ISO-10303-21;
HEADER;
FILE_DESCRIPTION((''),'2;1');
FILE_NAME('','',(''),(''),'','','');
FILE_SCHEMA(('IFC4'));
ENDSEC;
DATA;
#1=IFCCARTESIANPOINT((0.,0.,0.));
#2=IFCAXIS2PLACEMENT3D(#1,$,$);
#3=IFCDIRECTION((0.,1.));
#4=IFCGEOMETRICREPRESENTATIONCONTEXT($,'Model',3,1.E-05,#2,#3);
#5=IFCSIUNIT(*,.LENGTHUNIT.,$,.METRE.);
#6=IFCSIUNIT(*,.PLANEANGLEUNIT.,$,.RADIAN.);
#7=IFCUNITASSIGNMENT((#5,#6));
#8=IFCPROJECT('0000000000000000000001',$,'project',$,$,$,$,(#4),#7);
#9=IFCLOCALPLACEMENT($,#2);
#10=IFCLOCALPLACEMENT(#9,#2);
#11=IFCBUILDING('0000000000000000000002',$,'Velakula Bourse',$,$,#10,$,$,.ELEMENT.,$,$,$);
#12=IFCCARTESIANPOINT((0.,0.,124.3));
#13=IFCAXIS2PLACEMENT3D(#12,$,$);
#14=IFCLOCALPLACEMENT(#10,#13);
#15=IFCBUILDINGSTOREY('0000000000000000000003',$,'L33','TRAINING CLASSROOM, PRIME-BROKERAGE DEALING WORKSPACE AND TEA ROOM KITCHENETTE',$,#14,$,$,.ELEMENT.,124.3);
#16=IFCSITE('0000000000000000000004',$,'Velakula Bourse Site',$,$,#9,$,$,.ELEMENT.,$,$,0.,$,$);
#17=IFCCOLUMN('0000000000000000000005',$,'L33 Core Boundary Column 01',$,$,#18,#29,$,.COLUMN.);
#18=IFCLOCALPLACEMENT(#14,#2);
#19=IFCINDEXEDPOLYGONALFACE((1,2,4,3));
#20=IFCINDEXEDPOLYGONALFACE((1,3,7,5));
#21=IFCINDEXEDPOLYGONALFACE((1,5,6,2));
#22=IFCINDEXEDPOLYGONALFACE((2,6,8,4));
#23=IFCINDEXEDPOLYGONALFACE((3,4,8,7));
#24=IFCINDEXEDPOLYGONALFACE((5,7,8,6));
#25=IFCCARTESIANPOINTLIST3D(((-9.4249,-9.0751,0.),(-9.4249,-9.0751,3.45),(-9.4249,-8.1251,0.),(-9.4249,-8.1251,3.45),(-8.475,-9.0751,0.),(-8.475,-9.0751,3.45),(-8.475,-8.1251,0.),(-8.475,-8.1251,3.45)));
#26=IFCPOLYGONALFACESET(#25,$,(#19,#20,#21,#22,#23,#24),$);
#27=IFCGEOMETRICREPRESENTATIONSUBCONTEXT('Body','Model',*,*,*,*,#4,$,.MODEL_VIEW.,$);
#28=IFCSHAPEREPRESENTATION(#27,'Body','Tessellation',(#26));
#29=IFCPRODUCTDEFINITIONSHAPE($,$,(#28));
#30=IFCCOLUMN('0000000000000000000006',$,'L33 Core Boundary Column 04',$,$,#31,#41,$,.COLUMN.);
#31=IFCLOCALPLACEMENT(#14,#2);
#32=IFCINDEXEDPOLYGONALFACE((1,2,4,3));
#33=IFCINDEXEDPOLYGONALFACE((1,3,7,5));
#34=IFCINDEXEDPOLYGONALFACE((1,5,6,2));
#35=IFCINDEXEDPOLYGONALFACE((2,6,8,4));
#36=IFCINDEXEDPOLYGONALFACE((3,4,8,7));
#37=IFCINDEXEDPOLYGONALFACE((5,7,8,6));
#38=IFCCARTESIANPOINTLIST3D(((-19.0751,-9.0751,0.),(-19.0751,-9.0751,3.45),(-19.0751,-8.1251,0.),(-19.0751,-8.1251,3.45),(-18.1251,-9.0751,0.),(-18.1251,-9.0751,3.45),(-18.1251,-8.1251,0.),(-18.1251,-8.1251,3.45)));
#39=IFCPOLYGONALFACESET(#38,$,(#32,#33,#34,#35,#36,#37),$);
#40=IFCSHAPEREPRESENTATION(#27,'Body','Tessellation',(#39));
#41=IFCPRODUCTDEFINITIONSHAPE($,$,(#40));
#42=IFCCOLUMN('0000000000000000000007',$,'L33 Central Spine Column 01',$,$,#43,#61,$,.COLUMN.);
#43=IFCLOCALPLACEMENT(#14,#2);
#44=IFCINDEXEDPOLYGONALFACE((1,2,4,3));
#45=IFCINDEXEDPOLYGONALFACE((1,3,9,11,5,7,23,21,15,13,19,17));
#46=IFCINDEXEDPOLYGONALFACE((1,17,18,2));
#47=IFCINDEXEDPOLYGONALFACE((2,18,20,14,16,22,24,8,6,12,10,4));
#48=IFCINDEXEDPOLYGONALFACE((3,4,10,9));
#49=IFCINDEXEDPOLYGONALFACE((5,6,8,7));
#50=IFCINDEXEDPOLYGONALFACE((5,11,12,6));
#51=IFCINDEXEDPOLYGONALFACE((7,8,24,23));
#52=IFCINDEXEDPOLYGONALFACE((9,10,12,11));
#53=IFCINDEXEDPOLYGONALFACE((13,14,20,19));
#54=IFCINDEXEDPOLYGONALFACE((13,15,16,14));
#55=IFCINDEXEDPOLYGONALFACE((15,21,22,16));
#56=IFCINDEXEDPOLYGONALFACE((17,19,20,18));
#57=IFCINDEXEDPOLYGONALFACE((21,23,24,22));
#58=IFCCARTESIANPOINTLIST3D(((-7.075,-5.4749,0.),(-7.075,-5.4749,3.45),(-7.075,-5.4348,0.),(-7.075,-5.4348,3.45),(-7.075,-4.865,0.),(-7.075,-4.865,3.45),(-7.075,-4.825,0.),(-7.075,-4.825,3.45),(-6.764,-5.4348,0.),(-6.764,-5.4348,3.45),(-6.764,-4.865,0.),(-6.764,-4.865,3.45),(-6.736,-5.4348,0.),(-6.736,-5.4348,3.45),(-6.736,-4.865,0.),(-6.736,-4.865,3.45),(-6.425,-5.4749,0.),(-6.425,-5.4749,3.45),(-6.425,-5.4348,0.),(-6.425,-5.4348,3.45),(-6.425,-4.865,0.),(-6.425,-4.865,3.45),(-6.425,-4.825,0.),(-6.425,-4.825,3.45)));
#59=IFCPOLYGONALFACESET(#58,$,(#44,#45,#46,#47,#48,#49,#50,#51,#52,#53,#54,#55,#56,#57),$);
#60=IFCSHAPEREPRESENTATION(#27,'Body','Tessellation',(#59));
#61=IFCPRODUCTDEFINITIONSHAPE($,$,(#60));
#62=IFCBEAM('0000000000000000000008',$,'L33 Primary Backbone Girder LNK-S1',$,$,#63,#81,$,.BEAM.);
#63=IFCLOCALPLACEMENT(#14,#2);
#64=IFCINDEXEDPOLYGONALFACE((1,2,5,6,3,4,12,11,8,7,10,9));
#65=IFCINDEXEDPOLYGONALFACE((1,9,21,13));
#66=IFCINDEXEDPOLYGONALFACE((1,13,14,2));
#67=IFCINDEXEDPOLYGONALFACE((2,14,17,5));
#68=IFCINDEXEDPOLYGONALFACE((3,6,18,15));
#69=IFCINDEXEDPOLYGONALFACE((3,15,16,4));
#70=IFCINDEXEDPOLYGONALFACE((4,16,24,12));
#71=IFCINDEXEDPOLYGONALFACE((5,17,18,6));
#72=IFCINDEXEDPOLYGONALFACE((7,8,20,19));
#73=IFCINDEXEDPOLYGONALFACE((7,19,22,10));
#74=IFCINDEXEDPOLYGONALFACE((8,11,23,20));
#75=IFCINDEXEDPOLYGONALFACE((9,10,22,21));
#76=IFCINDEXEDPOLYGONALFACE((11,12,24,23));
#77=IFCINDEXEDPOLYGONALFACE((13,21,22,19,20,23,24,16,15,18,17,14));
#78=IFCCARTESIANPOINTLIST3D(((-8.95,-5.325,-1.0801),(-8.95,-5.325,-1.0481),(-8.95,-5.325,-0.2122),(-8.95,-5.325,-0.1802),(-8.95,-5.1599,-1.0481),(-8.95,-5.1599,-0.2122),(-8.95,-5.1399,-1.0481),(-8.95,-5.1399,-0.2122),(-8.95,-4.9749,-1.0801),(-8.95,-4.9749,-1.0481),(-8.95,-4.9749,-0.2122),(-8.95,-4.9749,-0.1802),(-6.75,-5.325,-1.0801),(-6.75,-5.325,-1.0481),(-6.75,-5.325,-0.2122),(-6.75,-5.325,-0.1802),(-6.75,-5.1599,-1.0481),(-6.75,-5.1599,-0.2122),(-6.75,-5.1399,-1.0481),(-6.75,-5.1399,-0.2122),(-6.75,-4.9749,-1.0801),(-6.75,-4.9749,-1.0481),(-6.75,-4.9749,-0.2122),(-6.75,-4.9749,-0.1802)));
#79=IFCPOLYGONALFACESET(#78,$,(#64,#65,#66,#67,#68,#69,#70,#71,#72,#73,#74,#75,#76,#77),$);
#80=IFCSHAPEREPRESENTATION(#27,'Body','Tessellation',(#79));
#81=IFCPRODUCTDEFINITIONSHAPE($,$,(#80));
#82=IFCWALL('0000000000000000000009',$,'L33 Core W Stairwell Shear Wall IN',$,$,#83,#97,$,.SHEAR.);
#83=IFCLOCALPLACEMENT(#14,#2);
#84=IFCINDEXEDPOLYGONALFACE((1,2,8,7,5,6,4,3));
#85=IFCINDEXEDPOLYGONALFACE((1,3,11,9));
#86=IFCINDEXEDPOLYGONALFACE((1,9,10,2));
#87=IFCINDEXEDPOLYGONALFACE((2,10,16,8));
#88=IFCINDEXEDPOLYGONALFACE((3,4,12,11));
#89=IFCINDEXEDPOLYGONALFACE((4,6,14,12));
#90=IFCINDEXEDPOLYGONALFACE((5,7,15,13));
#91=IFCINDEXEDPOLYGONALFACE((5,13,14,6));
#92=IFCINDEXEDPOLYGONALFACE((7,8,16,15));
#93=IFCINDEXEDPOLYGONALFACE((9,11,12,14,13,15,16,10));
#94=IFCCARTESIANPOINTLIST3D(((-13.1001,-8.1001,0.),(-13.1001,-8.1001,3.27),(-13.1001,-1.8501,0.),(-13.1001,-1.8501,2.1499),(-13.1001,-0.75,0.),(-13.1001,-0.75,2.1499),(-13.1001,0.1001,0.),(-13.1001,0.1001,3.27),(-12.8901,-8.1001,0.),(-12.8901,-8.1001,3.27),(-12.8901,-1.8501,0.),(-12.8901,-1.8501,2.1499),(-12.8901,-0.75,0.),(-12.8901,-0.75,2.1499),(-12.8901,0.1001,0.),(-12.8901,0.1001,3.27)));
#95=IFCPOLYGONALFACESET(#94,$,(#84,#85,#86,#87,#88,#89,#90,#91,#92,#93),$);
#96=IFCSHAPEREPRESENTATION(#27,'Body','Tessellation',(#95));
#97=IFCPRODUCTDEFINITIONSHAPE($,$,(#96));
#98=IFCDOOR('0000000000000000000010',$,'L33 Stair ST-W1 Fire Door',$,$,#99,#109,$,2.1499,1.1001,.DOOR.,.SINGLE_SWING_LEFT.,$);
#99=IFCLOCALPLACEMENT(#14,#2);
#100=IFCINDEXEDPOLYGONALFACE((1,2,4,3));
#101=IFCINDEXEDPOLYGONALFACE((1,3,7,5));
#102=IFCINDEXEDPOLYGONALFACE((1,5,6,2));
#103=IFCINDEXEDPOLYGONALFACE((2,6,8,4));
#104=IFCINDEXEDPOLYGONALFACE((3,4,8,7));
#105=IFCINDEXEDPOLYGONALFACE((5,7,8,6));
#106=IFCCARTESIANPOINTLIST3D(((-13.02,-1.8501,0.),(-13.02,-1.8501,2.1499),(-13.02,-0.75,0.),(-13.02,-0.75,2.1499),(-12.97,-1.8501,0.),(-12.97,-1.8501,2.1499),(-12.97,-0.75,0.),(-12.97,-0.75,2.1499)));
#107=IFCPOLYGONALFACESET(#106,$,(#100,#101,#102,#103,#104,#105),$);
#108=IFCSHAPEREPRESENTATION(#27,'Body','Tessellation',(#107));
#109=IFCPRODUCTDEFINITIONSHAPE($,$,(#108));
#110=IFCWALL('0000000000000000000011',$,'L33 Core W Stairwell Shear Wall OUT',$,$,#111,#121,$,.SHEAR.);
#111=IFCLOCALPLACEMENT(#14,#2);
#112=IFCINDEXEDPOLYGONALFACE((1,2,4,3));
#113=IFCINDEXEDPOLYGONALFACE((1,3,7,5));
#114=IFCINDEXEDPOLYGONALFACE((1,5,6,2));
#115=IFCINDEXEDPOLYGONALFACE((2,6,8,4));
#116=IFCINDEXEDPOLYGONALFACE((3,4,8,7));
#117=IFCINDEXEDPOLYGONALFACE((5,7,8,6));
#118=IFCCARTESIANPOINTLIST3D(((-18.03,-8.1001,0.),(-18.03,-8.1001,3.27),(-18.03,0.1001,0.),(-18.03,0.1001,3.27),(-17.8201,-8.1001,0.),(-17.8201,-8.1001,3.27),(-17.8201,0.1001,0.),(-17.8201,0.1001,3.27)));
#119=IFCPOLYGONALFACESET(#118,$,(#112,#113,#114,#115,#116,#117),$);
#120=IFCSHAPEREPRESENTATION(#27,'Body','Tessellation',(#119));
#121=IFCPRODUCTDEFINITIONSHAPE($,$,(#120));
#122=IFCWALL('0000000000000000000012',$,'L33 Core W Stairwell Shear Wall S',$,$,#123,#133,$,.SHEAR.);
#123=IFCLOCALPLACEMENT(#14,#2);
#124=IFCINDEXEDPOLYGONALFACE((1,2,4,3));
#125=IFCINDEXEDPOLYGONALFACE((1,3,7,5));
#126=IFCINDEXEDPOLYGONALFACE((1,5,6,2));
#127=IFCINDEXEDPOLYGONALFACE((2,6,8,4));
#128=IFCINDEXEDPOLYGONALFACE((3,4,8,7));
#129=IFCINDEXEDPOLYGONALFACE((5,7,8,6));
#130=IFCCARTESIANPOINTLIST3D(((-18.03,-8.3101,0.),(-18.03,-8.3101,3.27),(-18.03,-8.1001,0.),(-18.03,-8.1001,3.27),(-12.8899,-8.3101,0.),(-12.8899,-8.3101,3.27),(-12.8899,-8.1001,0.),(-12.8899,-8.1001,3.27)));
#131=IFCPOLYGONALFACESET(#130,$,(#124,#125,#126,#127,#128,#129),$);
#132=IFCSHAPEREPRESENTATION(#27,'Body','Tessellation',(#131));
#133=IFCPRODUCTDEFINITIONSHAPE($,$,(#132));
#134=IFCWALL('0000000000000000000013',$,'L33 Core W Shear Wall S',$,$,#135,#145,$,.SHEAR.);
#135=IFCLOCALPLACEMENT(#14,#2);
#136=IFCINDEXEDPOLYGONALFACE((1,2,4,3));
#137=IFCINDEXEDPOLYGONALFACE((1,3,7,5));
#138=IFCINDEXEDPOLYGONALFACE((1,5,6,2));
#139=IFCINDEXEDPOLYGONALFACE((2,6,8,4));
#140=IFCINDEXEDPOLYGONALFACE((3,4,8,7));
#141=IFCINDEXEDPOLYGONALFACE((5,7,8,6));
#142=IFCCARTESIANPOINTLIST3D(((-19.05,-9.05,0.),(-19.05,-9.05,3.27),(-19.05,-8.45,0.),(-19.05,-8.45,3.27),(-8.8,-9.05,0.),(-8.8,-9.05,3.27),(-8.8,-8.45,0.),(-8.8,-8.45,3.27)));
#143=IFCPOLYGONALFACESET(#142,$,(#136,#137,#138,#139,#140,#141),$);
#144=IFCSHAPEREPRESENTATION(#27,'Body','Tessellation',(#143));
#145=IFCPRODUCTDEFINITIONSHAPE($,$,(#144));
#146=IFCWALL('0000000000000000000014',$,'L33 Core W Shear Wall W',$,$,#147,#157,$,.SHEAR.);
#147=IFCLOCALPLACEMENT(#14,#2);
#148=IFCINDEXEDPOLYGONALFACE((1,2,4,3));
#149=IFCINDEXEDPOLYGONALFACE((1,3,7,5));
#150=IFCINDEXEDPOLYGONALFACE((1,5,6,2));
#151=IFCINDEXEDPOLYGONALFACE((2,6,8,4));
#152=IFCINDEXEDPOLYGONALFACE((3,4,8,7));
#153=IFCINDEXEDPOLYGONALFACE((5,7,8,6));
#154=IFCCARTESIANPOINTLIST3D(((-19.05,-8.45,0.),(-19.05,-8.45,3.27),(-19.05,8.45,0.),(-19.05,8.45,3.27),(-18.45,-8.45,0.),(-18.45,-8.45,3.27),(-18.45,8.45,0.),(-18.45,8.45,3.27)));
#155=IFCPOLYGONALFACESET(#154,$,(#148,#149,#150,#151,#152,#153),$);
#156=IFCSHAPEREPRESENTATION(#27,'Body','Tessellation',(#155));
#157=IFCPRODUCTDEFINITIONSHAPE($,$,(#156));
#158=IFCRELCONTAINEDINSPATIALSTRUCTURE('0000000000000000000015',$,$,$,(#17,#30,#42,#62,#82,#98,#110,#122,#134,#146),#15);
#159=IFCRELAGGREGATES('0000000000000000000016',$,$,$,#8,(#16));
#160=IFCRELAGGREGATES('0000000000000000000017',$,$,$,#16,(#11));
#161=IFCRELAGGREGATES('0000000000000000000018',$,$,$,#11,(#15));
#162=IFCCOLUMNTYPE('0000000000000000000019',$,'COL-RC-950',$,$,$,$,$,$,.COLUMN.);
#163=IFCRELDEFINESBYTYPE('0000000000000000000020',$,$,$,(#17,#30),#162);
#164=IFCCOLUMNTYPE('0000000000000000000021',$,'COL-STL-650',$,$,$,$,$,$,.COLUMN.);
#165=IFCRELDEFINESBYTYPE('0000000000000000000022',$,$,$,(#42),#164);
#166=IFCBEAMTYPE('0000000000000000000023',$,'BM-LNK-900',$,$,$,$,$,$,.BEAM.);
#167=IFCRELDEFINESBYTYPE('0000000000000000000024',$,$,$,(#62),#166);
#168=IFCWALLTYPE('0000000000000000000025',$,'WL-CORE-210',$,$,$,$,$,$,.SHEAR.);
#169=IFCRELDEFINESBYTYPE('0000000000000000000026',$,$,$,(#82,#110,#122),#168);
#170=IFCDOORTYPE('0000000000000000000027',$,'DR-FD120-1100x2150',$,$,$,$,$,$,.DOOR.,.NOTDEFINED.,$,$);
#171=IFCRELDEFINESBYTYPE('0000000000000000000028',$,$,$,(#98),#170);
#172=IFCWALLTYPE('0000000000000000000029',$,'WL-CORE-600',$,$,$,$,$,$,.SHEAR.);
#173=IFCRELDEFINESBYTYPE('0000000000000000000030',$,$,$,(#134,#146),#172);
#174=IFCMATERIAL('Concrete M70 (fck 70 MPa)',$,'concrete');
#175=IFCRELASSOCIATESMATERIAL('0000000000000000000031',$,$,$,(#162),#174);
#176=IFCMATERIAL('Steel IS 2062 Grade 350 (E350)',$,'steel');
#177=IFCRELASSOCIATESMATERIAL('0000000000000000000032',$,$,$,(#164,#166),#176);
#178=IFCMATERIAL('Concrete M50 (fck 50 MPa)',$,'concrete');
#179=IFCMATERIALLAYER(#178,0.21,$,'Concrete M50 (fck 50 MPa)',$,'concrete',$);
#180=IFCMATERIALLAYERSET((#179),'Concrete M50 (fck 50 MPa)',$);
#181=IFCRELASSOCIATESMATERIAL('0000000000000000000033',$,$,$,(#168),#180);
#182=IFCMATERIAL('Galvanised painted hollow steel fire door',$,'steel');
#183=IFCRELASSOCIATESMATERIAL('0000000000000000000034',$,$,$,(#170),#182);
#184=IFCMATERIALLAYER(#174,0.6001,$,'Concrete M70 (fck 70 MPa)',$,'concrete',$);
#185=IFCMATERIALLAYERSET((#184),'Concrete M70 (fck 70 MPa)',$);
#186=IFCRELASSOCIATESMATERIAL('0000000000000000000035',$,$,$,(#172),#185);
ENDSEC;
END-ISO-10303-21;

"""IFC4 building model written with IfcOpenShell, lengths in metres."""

from ifc_helpers import new_model, si_unit, direction, frame, frame_2d, origin, origin_2d, place, context, subcontext, project, spatial, rectangle, i_section, extrude, material, layer, layer_set, material_profile, profile_set, type_object, element, fill, save


model = new_model("IFC4")

# Units and contexts
model_context = context("Model", 3, precision=1e-05, world=origin(), true_north=direction((0.0, 1.0)))
body_context = subcontext(model_context, "Body", "Model", "MODEL_VIEW")
ifc_project = project(units=[si_unit("LENGTHUNIT", "METRE"), si_unit("PLANEANGLEUNIT", "RADIAN")], contexts=[model_context])

# Site, building, storey
site_placement = place(None, origin())
site = spatial("IfcSite", under=ifc_project, at=site_placement, Name="Velakula Bourse Site", CompositionType="ELEMENT", RefElevation=0.0)
building_placement = place(site_placement, origin())
building = spatial("IfcBuilding", under=site, at=building_placement, Name="Velakula Bourse", CompositionType="ELEMENT")
storey_placement = place(building_placement, frame((0.0, 0.0, 124.3)))
storey = spatial("IfcBuildingStorey", under=building, at=storey_placement, Name="L33", Description="TRAINING CLASSROOM, PRIME-BROKERAGE DEALING WORKSPACE AND TEA ROOM KITCHENETTE", CompositionType="ELEMENT", Elevation=124.3)

# Columns
ifc_material_1 = material(Name="Concrete M70 (fck 70 MPa)", Category="concrete")
ifc_material_profile_1 = material_profile(ifc_material_1, rectangle(XDim=0.95, YDim=0.95, at=origin_2d()), Name="Concrete M70 (fck 70 MPa)")
ifc_profile_set_1 = profile_set([ifc_material_profile_1], Name="Concrete M70 (fck 70 MPa)")
column_type_1 = type_object("IfcColumnType", Name="COL-RC-950", PredefinedType="COLUMN", material=ifc_profile_set_1)
for number, where, z_axis, x_axis, name in (
    (1, (-8.95, -8.6001, 0.0), (0.0, 0.0, 1.0), (1.0, 0.0, 0.0), "L33 Core Boundary Column 01"),
    (2, (-18.6001, -8.6001, 0.0), (0.0, 0.0, 1.0), (1.0, 0.0, 0.0), "L33 Core Boundary Column 04"),
):
    element("IfcColumn", number, at=place(storey_placement, frame(where, z_axis=z_axis, x_axis=x_axis)), inside=storey, type_object=column_type_1, Name=name, PredefinedType="COLUMN", context=body_context, shape_type="SweptSolid", body=[
        extrude(rectangle(XDim=0.95, YDim=0.95, at=origin_2d()), origin(), (0.0, 0.0, 1.0), 3.45),
    ])
ifc_material_2 = material(Name="Steel IS 2062 Grade 350 (E350)", Category="steel")
ifc_material_profile_2 = material_profile(ifc_material_2, i_section(OverallWidth=0.6499, OverallDepth=0.6499, WebThickness=0.0281, FlangeThickness=0.04, at=origin_2d()), Name="Steel IS 2062 Grade 350 (E350)")
ifc_profile_set_2 = profile_set([ifc_material_profile_2], Name="Steel IS 2062 Grade 350 (E350)")
column_type_2 = type_object("IfcColumnType", Name="COL-STL-650", PredefinedType="COLUMN", material=ifc_profile_set_2)
column_placement = place(storey_placement, frame((-6.75, -5.1499, 0.0), z_axis=(0.0, 0.0, 1.0), x_axis=(1.0, 0.0, 0.0)))
element("IfcColumn", 3, at=column_placement, inside=storey, type_object=column_type_2, Name="L33 Central Spine Column 01", PredefinedType="COLUMN", context=body_context, shape_type="SweptSolid", body=[
    extrude(i_section(OverallWidth=0.6499, OverallDepth=0.6499, WebThickness=0.0281, FlangeThickness=0.04, at=origin_2d()), origin(), (0.0, 0.0, 1.0), 3.45),
])

# Beam
ifc_material_profile_3 = material_profile(ifc_material_2, i_section(OverallWidth=0.3501, OverallDepth=0.8999, WebThickness=0.02, FlangeThickness=0.032, at=origin_2d()), Name="Steel IS 2062 Grade 350 (E350)")
ifc_profile_set_3 = profile_set([ifc_material_profile_3], Name="Steel IS 2062 Grade 350 (E350)")
beam_type = type_object("IfcBeamType", Name="BM-LNK-900", PredefinedType="BEAM", material=ifc_profile_set_3)
beam_placement = place(storey_placement, frame((-8.95, -5.1499, -0.6301), z_axis=(1.0, 0.0, 0.0), x_axis=(0.0, 1.0, 0.0)))
element("IfcBeam", 4, at=beam_placement, inside=storey, type_object=beam_type, Name="L33 Primary Backbone Girder LNK-S1", PredefinedType="BEAM", context=body_context, shape_type="SweptSolid", body=[
    extrude(i_section(OverallWidth=0.3501, OverallDepth=0.8999, WebThickness=0.02, FlangeThickness=0.032, at=origin_2d()), origin(), (0.0, 0.0, 1.0), 2.2),
])

# Wall, opening, door
ifc_material_3 = material(Name="Concrete M50 (fck 50 MPa)", Category="concrete")
ifc_layer_1 = layer(ifc_material_3, 0.21, Name="Concrete M50 (fck 50 MPa)", Category="concrete")
ifc_layer_set_1 = layer_set([ifc_layer_1], Name="Concrete M50 (fck 50 MPa)")
wall_type_1 = type_object("IfcWallType", Name="WL-CORE-210", PredefinedType="SHEAR", material=ifc_layer_set_1)
wall_1_placement = place(storey_placement, frame((-12.9951, -8.1001, 0.0), z_axis=(0.0, 0.0, 1.0), x_axis=(0.0, 1.0, 0.0)))
wall_1 = element("IfcWall", 5, at=wall_1_placement, inside=storey, type_object=wall_type_1, Name="L33 Core W Stairwell Shear Wall IN", PredefinedType="SHEAR", context=body_context, shape_type="SweptSolid", body=[
    extrude(rectangle(XDim=8.2002, YDim=0.21, at=frame_2d((4.1001, 0.0))), origin(), (0.0, 0.0, 1.0), 3.27),
])
opening_1_placement = place(wall_1_placement, frame((6.25, 0.0, 0.0)))
opening_1 = element("IfcOpeningElement", 6, at=opening_1_placement, cuts=wall_1, PredefinedType="OPENING", context=body_context, shape_type="SweptSolid", body=[
    extrude(rectangle(XDim=1.1001, YDim=2.1499, at=frame_2d((0.55, 1.075))), frame((0.0, 0.115, 0.0), z_axis=(0.0, -1.0, 0.0), x_axis=(1.0, 0.0, 0.0)), (0.0, 0.0, 1.0), 0.23),
])
ifc_material_4 = material(Name="Galvanised painted hollow steel fire door", Category="steel")
door_type_1 = type_object("IfcDoorType", Name="DR-FD120-1100x2150", OperationType="NOTDEFINED", PredefinedType="DOOR", material=ifc_material_4)
door_1_placement = place(opening_1_placement, origin())
door_1 = element("IfcDoor", 7, at=door_1_placement, inside=storey, type_object=door_type_1, Name="L33 Stair ST-W1 Fire Door", OperationType="SINGLE_SWING_LEFT", OverallHeight=2.1499, OverallWidth=1.1001, PredefinedType="DOOR", context=body_context, shape_type="SweptSolid", body=[
    extrude(rectangle(XDim=1.1001, YDim=2.1499, at=frame_2d((0.55, 1.075))), frame((0.0, 0.0249, 0.0), z_axis=(0.0, -1.0, 0.0), x_axis=(1.0, 0.0, 0.0)), (0.0, 0.0, 1.0), 0.05),
])
fill(opening_1, door_1)

# Walls
wall_2_placement = place(storey_placement, frame((-17.925, -8.1001, 0.0), z_axis=(0.0, 0.0, 1.0), x_axis=(0.0, 1.0, 0.0)))
element("IfcWall", 8, at=wall_2_placement, inside=storey, type_object=wall_type_1, Name="L33 Core W Stairwell Shear Wall OUT", PredefinedType="SHEAR", context=body_context, shape_type="SweptSolid", body=[
    extrude(rectangle(XDim=8.2002, YDim=0.21, at=frame_2d((4.1001, 0.0))), origin(), (0.0, 0.0, 1.0), 3.27),
])
wall_3_placement = place(storey_placement, frame((-18.03, -8.2051, 0.0), z_axis=(0.0, 0.0, 1.0), x_axis=(1.0, 0.0, 0.0)))
element("IfcWall", 9, at=wall_3_placement, inside=storey, type_object=wall_type_1, Name="L33 Core W Stairwell Shear Wall S", PredefinedType="SHEAR", context=body_context, shape_type="SweptSolid", body=[
    extrude(rectangle(XDim=5.1401, YDim=0.21, at=frame_2d((2.5701, 0.0))), origin(), (0.0, 0.0, 1.0), 3.27),
])
ifc_layer_2 = layer(ifc_material_1, 0.6001, Name="Concrete M70 (fck 70 MPa)", Category="concrete")
ifc_layer_set_2 = layer_set([ifc_layer_2], Name="Concrete M70 (fck 70 MPa)")
wall_type_2 = type_object("IfcWallType", Name="WL-CORE-600", PredefinedType="SHEAR", material=ifc_layer_set_2)
wall_4_placement = place(storey_placement, frame((-19.05, -8.75, 0.0), z_axis=(0.0, 0.0, 1.0), x_axis=(1.0, 0.0, 0.0)))
element("IfcWall", 10, at=wall_4_placement, inside=storey, type_object=wall_type_2, Name="L33 Core W Shear Wall S", PredefinedType="SHEAR", context=body_context, shape_type="SweptSolid", body=[
    extrude(rectangle(XDim=10.25, YDim=0.6001, at=frame_2d((5.125, 0.0))), origin(), (0.0, 0.0, 1.0), 3.27),
])
wall_5_placement = place(storey_placement, frame((-18.75, -8.45, 0.0), z_axis=(0.0, 0.0, 1.0), x_axis=(0.0, 1.0, 0.0)))
element("IfcWall", 11, at=wall_5_placement, inside=storey, type_object=wall_type_2, Name="L33 Core W Shear Wall W", PredefinedType="SHEAR", context=body_context, shape_type="SweptSolid", body=[
    extrude(rectangle(XDim=16.8999, YDim=0.6001, at=frame_2d((8.45, 0.0))), origin(), (0.0, 0.0, 1.0), 3.27),
])

save(model, "model.ifc")
